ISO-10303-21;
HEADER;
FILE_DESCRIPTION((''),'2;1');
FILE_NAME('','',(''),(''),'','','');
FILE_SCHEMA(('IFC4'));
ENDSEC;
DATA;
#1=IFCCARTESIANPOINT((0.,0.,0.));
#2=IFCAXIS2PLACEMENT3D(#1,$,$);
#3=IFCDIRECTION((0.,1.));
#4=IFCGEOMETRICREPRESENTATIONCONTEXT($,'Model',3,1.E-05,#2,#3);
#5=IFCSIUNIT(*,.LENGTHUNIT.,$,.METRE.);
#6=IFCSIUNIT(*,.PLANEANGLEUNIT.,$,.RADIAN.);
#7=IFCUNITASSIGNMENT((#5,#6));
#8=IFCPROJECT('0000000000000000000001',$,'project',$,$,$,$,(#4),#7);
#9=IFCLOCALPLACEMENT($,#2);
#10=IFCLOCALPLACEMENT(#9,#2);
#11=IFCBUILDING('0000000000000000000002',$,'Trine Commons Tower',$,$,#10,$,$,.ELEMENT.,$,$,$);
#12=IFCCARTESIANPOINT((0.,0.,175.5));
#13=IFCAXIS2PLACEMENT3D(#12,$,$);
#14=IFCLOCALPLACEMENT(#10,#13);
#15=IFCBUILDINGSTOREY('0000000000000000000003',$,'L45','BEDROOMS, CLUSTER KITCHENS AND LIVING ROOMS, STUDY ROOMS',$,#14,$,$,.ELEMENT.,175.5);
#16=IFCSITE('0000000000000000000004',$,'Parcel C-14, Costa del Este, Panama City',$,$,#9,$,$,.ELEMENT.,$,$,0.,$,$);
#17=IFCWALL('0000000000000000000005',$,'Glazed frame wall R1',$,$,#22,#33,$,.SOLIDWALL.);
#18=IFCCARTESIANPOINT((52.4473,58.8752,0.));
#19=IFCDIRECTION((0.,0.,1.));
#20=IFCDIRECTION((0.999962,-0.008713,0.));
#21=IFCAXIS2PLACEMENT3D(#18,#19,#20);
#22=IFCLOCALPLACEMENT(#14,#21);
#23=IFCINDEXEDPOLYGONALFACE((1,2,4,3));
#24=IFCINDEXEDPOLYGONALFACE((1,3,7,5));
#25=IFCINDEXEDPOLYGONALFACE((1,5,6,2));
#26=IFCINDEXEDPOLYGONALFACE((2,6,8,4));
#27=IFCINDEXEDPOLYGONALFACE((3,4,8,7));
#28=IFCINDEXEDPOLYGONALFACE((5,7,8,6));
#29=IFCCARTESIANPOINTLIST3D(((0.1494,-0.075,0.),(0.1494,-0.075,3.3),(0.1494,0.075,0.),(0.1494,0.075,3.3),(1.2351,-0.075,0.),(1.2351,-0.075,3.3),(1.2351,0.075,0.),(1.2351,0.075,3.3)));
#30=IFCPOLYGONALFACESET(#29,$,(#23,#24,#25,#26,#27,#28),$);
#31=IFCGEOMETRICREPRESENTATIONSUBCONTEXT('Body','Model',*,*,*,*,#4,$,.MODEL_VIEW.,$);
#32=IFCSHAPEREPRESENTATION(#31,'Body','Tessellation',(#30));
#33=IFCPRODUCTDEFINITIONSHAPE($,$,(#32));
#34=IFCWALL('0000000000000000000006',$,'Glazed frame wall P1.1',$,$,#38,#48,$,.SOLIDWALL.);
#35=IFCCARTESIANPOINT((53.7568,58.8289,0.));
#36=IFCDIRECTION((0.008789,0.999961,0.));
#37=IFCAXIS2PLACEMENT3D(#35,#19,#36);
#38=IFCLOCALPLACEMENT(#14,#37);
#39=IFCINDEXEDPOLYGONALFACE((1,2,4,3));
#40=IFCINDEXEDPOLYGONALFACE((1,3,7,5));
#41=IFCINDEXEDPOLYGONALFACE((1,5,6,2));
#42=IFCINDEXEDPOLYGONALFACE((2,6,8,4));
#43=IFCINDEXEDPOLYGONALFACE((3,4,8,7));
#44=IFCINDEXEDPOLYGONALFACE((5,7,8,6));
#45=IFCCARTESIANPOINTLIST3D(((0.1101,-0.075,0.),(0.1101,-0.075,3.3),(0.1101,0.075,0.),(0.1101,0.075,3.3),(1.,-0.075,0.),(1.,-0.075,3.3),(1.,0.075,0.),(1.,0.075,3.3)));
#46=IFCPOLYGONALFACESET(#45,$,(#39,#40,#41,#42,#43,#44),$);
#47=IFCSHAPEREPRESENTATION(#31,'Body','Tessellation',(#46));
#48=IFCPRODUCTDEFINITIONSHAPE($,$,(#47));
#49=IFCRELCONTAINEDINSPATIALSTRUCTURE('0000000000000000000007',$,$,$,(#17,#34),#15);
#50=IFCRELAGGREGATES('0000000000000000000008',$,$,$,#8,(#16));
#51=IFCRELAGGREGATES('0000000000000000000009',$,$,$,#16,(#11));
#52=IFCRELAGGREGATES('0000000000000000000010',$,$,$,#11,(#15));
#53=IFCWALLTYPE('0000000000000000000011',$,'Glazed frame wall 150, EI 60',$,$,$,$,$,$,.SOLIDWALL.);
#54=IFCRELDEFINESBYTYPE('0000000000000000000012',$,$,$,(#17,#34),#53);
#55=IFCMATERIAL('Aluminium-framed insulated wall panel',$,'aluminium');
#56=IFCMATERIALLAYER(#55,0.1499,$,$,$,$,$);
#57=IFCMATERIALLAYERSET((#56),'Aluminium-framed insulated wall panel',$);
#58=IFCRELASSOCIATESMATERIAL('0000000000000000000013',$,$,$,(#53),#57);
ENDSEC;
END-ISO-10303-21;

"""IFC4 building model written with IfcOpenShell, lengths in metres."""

from ifc_helpers import new_model, si_unit, direction, frame, origin, place, context, subcontext, project, spatial, polyline, outline, extrude, material, layer, layer_set, type_object, element, save


model = new_model("IFC4")

# Units and contexts
model_context = context("Model", 3, precision=1e-05, world=origin(), true_north=direction((0.0, 1.0)))
body_context = subcontext(model_context, "Body", "Model", "MODEL_VIEW")
ifc_project = project(units=[si_unit("LENGTHUNIT", "METRE"), si_unit("PLANEANGLEUNIT", "RADIAN")], contexts=[model_context])

# Site, building, storey
site_placement = place(None, origin())
site = spatial("IfcSite", under=ifc_project, at=site_placement, Name="Parcel C-14, Costa del Este, Panama City", CompositionType="ELEMENT", RefElevation=0.0)
building_placement = place(site_placement, origin())
building = spatial("IfcBuilding", under=site, at=building_placement, Name="Trine Commons Tower", CompositionType="ELEMENT")
storey_placement = place(building_placement, frame((0.0, 0.0, 175.5)))
storey = spatial("IfcBuildingStorey", under=building, at=storey_placement, Name="L45", Description="BEDROOMS, CLUSTER KITCHENS AND LIVING ROOMS, STUDY ROOMS", CompositionType="ELEMENT", Elevation=175.5)

# Walls
ifc_material_1 = material(Name="Aluminium-framed insulated wall panel", Category="aluminium")
ifc_layer_1 = layer(ifc_material_1, 0.1499)
ifc_layer_set_1 = layer_set([ifc_layer_1], Name="Aluminium-framed insulated wall panel")
wall_type = type_object("IfcWallType", Name="Glazed frame wall 150, EI 60", PredefinedType="SOLIDWALL", material=ifc_layer_set_1)
wall_1_placement = place(storey_placement, frame((52.4473, 58.8752, 0.0), z_axis=(0.0, 0.0, 1.0), x_axis=(0.999962, -0.008713, 0.0)))
element("IfcWall", 1, at=wall_1_placement, inside=storey, type_object=wall_type, Name="Glazed frame wall R1", PredefinedType="SOLIDWALL", context=body_context, shape_type="SweptSolid", body=[
    extrude(outline(polyline([(0.1494, 0.075), (0.1494, -0.075), (1.2351, -0.075), (1.2351, 0.075), (0.1494, 0.075)])), origin(), (0.0, 0.0, 1.0), 3.3),
])
wall_2_placement = place(storey_placement, frame((53.7568, 58.8289, 0.0), z_axis=(0.0, 0.0, 1.0), x_axis=(0.008789, 0.999961, 0.0)))
element("IfcWall", 2, at=wall_2_placement, inside=storey, type_object=wall_type, Name="Glazed frame wall P1.1", PredefinedType="SOLIDWALL", context=body_context, shape_type="SweptSolid", body=[
    extrude(outline(polyline([(0.1101, -0.075), (1.0, -0.075), (1.0, 0.075), (0.1101, 0.075), (0.1101, -0.075)])), origin(), (0.0, 0.0, 1.0), 3.3),
])

save(model, "model.ifc")
